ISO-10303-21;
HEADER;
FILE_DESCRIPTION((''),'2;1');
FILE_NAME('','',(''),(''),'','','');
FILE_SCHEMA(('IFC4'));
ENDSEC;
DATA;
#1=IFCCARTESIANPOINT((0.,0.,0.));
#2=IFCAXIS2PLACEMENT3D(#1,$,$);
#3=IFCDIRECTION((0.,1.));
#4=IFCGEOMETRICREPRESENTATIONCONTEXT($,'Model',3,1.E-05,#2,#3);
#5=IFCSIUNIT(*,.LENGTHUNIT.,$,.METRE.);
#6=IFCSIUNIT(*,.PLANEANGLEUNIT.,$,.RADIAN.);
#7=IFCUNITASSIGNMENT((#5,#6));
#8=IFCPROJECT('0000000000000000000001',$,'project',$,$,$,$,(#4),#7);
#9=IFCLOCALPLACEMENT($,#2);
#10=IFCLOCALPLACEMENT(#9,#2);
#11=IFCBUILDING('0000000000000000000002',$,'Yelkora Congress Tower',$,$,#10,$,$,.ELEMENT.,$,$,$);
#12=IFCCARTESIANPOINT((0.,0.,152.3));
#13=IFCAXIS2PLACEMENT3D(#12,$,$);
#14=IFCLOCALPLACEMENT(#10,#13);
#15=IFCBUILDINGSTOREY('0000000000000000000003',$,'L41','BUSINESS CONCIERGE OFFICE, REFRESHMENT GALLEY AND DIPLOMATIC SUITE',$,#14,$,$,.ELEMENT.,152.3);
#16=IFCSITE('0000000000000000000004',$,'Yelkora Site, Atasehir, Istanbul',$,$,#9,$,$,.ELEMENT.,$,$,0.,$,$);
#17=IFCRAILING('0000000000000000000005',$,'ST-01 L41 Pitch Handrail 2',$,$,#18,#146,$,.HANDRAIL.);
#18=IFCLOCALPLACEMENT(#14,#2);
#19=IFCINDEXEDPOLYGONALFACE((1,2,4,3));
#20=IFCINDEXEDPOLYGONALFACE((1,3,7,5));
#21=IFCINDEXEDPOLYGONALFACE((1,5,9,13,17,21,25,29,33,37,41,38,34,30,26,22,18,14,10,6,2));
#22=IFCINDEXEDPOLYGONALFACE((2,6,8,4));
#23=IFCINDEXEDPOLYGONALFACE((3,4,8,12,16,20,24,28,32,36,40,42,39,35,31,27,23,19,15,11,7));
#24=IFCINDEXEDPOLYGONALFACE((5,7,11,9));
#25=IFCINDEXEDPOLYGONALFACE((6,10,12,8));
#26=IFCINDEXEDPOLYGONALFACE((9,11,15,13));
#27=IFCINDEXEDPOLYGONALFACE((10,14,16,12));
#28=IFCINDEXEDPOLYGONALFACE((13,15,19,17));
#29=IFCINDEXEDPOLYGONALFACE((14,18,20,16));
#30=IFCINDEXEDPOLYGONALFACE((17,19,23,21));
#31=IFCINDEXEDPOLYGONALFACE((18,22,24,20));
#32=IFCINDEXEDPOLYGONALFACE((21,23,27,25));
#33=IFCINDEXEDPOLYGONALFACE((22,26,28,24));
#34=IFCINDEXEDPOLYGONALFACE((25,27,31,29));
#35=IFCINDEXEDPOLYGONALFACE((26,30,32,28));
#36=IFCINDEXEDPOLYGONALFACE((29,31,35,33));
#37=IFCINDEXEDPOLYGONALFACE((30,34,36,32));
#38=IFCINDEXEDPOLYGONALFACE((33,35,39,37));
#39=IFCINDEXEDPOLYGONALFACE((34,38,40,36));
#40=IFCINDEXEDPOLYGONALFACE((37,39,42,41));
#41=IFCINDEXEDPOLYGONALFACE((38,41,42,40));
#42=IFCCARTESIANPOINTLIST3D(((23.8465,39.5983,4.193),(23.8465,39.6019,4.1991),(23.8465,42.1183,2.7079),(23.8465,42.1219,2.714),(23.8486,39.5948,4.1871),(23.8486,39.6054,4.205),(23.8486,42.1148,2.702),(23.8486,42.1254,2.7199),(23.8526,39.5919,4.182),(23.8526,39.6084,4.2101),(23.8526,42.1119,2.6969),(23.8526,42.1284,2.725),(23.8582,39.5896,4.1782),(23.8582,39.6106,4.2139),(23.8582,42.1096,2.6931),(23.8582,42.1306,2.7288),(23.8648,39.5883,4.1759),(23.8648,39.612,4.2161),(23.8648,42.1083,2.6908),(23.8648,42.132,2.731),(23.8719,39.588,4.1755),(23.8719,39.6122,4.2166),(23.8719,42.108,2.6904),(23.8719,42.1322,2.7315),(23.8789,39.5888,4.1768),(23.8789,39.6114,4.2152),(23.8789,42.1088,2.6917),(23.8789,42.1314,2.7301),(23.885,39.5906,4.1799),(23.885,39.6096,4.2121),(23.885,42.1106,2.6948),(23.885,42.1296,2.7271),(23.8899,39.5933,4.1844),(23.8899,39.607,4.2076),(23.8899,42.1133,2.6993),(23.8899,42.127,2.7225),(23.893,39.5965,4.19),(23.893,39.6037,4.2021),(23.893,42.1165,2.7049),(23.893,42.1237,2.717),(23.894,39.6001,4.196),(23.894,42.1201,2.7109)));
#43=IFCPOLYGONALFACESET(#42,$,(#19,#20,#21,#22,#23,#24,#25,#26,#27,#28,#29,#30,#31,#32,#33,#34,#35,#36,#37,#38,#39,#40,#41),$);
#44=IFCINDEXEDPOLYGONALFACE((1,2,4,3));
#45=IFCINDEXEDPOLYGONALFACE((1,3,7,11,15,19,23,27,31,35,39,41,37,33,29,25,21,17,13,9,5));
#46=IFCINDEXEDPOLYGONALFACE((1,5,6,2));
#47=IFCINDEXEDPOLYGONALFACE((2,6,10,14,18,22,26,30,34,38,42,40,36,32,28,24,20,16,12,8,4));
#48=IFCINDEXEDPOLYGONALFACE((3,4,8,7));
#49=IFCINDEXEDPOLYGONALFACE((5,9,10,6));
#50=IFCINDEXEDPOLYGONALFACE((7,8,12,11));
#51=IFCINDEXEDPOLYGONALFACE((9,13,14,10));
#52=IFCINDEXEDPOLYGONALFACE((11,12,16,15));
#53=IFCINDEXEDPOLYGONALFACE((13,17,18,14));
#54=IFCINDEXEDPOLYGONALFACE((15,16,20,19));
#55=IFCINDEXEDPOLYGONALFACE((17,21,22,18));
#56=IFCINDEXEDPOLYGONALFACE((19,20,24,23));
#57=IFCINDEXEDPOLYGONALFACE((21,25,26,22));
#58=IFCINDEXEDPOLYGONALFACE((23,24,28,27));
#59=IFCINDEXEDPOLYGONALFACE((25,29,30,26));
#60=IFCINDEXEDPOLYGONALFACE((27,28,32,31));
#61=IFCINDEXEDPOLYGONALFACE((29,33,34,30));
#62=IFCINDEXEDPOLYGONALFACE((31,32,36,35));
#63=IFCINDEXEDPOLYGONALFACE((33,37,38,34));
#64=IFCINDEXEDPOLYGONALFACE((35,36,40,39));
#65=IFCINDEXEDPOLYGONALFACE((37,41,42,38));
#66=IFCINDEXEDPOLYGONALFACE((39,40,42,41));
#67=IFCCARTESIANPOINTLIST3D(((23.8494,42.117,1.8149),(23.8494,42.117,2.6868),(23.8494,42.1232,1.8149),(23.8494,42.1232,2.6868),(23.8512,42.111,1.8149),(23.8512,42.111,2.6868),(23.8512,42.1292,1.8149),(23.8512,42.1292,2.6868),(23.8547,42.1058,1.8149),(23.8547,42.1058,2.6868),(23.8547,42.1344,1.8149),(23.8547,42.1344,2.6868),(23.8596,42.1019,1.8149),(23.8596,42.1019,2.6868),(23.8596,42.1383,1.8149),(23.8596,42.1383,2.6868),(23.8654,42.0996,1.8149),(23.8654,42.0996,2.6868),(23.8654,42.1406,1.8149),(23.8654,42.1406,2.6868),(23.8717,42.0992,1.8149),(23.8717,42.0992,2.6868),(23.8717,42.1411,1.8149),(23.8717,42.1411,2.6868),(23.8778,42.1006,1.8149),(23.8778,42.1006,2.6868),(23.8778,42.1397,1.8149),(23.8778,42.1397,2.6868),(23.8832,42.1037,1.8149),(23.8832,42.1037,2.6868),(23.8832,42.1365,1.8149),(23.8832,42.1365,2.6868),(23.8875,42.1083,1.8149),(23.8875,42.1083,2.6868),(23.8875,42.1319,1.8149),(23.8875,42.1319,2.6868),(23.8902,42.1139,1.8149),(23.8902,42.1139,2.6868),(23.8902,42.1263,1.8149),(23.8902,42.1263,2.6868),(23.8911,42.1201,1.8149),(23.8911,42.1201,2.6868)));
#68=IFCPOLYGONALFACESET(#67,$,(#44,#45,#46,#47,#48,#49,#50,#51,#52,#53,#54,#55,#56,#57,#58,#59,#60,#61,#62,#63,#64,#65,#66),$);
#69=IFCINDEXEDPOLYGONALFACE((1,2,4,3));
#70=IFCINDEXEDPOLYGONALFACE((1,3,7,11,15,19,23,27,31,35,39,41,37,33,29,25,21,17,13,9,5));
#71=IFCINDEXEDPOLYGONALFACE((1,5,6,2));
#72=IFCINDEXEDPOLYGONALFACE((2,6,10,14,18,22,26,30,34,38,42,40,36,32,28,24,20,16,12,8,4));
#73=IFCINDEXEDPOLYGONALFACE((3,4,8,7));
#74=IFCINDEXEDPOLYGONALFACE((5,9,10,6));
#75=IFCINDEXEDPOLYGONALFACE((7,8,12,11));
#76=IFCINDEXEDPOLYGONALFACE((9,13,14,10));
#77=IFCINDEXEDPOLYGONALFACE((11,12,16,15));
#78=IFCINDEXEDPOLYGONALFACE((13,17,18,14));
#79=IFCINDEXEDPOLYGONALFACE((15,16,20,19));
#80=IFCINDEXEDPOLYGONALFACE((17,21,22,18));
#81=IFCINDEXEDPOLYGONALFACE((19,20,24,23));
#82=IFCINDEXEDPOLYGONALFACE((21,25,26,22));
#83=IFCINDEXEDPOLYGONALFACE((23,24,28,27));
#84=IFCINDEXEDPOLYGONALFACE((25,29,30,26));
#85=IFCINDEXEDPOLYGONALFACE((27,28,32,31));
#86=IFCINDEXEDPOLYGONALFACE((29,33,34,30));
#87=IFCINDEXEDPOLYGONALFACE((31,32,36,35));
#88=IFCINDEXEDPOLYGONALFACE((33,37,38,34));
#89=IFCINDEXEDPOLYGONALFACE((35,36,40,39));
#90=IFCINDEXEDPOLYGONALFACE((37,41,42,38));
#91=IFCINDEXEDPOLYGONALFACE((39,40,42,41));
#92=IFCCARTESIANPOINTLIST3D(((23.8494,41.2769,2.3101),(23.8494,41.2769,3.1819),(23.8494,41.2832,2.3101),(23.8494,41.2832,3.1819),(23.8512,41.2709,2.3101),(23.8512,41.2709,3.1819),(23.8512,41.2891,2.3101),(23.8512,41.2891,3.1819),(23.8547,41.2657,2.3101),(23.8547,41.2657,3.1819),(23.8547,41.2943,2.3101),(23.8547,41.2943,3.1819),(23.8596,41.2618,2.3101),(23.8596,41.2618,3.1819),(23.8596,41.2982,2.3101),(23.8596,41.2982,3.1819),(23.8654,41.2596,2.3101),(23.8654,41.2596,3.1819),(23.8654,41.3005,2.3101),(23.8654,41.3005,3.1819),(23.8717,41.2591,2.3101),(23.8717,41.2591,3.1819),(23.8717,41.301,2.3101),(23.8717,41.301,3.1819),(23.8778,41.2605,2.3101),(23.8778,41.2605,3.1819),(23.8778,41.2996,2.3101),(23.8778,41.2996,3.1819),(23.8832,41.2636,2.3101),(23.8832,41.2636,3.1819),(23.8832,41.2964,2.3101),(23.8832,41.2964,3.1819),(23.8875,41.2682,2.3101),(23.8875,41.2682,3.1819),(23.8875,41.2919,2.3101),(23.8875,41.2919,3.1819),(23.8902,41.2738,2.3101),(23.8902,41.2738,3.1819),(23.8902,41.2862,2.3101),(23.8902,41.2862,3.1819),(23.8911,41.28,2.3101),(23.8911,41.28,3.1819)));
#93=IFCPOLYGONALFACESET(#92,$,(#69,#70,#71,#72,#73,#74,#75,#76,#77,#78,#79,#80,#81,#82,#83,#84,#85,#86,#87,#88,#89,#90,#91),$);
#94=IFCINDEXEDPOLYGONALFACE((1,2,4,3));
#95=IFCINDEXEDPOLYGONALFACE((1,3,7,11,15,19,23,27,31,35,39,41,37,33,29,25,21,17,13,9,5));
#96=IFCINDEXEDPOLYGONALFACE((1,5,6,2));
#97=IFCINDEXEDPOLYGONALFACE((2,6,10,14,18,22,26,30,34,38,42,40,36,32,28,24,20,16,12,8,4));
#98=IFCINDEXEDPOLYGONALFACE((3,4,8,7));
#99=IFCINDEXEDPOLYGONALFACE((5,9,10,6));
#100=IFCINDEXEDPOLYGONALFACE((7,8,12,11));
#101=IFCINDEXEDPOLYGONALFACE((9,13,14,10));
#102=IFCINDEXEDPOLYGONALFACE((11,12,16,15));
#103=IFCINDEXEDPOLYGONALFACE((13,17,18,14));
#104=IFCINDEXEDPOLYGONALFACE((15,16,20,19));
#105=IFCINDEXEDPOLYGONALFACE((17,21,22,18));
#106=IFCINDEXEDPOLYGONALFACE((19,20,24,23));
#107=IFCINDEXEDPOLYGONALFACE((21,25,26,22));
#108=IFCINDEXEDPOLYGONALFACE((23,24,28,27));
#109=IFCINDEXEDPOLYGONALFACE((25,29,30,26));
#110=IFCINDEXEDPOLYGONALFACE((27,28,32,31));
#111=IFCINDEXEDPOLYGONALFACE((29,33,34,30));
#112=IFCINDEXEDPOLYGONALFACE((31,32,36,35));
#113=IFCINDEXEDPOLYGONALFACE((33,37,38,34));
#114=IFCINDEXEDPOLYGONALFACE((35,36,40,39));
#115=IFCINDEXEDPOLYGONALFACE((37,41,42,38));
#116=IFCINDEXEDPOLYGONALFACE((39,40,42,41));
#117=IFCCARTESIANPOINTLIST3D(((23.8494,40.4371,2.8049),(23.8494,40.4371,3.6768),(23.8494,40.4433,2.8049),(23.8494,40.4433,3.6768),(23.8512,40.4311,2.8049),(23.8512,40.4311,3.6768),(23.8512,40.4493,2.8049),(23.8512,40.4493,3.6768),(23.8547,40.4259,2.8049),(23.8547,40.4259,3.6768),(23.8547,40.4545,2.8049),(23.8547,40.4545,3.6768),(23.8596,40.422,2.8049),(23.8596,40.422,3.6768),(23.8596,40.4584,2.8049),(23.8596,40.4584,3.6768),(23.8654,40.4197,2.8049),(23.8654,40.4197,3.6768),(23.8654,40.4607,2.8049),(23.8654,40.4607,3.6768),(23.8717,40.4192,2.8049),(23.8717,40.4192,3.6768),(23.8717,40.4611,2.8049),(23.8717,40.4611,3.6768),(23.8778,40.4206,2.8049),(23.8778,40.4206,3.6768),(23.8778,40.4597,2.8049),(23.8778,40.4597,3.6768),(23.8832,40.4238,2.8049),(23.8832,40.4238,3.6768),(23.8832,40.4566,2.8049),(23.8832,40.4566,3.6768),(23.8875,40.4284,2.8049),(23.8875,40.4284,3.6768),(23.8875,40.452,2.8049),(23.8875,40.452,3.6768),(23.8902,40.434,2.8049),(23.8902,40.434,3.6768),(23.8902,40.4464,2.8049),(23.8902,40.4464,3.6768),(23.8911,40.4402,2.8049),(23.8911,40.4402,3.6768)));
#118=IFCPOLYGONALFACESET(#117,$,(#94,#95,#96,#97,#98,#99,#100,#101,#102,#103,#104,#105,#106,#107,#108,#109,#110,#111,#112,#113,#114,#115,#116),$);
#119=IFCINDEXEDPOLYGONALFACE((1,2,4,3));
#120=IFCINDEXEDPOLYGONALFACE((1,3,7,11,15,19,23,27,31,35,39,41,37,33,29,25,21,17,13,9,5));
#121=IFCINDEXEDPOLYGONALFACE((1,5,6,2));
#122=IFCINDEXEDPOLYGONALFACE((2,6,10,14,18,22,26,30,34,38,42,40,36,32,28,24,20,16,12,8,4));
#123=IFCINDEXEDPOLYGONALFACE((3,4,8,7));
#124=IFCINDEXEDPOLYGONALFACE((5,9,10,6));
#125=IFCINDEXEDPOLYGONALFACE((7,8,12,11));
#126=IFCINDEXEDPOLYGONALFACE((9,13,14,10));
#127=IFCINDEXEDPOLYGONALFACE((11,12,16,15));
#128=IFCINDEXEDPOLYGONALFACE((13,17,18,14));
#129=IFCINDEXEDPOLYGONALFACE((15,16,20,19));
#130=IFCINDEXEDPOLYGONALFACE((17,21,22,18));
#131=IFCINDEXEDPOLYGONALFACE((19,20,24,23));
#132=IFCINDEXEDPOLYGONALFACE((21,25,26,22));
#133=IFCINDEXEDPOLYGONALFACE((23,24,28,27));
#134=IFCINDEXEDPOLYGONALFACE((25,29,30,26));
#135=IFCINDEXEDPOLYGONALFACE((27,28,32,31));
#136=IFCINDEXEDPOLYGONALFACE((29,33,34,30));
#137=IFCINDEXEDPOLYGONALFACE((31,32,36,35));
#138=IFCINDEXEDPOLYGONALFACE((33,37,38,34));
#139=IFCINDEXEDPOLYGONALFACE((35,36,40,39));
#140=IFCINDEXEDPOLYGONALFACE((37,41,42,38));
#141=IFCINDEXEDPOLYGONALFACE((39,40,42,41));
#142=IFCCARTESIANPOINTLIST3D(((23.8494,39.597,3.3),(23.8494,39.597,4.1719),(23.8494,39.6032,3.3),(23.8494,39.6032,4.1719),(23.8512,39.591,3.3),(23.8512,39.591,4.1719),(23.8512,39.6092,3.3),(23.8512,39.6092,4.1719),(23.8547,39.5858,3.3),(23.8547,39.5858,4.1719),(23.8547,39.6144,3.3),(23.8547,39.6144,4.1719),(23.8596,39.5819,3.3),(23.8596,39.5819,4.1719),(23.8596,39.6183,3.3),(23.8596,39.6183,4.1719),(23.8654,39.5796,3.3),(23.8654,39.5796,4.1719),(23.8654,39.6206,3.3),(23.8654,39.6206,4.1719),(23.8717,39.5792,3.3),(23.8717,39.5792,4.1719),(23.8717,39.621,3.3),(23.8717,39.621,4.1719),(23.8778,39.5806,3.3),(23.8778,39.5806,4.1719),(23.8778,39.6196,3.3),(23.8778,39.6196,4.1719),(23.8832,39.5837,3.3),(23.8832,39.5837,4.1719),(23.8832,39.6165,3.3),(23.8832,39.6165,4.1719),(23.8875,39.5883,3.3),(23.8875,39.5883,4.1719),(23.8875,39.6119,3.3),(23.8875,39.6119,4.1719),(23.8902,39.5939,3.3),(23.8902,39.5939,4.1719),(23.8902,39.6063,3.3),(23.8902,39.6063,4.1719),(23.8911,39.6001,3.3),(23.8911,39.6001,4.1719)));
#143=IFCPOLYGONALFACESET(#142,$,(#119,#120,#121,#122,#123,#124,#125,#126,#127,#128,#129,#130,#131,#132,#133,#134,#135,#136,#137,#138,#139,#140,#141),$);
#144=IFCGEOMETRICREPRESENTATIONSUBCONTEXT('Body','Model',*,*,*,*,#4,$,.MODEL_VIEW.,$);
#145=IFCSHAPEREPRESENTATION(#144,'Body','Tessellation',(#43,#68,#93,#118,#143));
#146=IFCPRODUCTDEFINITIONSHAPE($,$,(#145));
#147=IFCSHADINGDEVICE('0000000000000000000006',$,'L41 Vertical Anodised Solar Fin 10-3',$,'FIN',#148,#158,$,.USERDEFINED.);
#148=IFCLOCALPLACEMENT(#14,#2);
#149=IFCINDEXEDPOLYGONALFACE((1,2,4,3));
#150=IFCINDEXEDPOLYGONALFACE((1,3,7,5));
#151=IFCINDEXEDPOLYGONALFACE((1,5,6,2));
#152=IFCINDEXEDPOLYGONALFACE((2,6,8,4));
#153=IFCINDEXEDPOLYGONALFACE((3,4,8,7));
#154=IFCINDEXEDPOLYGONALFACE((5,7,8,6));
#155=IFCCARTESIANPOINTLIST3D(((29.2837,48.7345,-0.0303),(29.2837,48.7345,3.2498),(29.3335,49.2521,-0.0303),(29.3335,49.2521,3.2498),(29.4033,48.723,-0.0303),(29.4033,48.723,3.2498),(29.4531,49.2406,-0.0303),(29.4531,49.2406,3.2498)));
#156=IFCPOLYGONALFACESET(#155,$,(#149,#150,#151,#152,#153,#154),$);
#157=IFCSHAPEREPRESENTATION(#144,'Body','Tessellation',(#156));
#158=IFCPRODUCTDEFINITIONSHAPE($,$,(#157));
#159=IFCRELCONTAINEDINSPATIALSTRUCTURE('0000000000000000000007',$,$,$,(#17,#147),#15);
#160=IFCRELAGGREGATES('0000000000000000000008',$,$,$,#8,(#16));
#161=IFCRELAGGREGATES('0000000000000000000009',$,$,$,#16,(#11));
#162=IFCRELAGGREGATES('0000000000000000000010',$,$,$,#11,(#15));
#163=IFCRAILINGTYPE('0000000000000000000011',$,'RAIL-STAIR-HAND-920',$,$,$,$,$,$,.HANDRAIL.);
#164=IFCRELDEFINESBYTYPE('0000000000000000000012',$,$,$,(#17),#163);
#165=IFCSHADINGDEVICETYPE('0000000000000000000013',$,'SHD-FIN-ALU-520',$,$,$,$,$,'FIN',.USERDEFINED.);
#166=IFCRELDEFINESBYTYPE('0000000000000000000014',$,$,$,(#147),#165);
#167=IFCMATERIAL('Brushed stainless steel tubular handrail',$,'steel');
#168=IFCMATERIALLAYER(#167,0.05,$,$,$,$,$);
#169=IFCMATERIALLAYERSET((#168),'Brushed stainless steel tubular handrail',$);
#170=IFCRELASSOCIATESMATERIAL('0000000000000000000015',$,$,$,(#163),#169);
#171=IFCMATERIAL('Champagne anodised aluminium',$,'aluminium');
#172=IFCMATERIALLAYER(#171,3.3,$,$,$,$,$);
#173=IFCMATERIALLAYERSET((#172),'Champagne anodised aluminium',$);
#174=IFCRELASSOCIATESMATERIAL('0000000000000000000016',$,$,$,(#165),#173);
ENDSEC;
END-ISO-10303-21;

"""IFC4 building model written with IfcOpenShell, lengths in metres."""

from ifc_helpers import new_model, si_unit, direction, frame, origin, origin_2d, place, context, subcontext, project, spatial, rectangle, circle, extrude, material, layer, layer_set, type_object, element, save


model = new_model("IFC4")

# Units and contexts
model_context = context("Model", 3, precision=1e-05, world=origin(), true_north=direction((0.0, 1.0)))
body_context = subcontext(model_context, "Body", "Model", "MODEL_VIEW")
ifc_project = project(units=[si_unit("LENGTHUNIT", "METRE"), si_unit("PLANEANGLEUNIT", "RADIAN")], contexts=[model_context])

# Site, building, storey
site_placement = place(None, origin())
site = spatial("IfcSite", under=ifc_project, at=site_placement, Name="Yelkora Site, Atasehir, Istanbul", CompositionType="ELEMENT", RefElevation=0.0)
building_placement = place(site_placement, origin())
building = spatial("IfcBuilding", under=site, at=building_placement, Name="Yelkora Congress Tower", CompositionType="ELEMENT")
storey_placement = place(building_placement, frame((0.0, 0.0, 152.3)))
storey = spatial("IfcBuildingStorey", under=building, at=storey_placement, Name="L41", Description="BUSINESS CONCIERGE OFFICE, REFRESHMENT GALLEY AND DIPLOMATIC SUITE", CompositionType="ELEMENT", Elevation=152.3)

# Railing
ifc_material_1 = material(Name="Brushed stainless steel tubular handrail", Category="steel")
ifc_layer_1 = layer(ifc_material_1, 0.05)
ifc_layer_set_1 = layer_set([ifc_layer_1], Name="Brushed stainless steel tubular handrail")
railing_type_1 = type_object("IfcRailingType", Name="RAIL-STAIR-HAND-920", PredefinedType="HANDRAIL", material=ifc_layer_set_1)
railing_1_placement = place(storey_placement, frame((23.8701, 42.1201, 1.8149)))
element("IfcRailing", 1, at=railing_1_placement, inside=storey, type_object=railing_type_1, Name="ST-01 L41 Pitch Handrail 2", PredefinedType="HANDRAIL", context=body_context, shape_type="SweptSolid", body=[
    extrude(circle(Radius=0.0239, at=origin_2d()), frame((0.0, 0.0, 0.896), z_axis=(0.0, -0.861524, 0.507717), x_axis=(1.0, 0.0, 0.0)), (0.0, 0.0, 1.0), 2.925),
    extrude(circle(Radius=0.021, at=origin_2d()), origin(), (0.0, 0.0, 1.0), 0.8718),
    extrude(circle(Radius=0.021, at=origin_2d()), frame((0.0, -0.8401, 0.4951)), (0.0, 0.0, 1.0), 0.8718),
    extrude(circle(Radius=0.021, at=origin_2d()), frame((0.0, -1.6799, 0.99)), (0.0, 0.0, 1.0), 0.8718),
    extrude(circle(Radius=0.021, at=origin_2d()), frame((0.0, -2.52, 1.4851)), (0.0, 0.0, 1.0), 0.8718),
])

# Shading device
ifc_material_2 = material(Name="Champagne anodised aluminium", Category="aluminium")
ifc_layer_2 = layer(ifc_material_2, 3.3)
ifc_layer_set_2 = layer_set([ifc_layer_2], Name="Champagne anodised aluminium")
shading_device_type = type_object("IfcShadingDeviceType", Name="SHD-FIN-ALU-520", ElementType="FIN", PredefinedType="USERDEFINED", material=ifc_layer_set_2)
shading_device_placement = place(storey_placement, frame((29.3684, 48.9875, -0.0303), z_axis=(0.0, 0.0, 1.0), x_axis=(0.995396, -0.095846, 0.0)))
element("IfcShadingDevice", 2, at=shading_device_placement, inside=storey, type_object=shading_device_type, Name="L41 Vertical Anodised Solar Fin 10-3", ObjectType="FIN", PredefinedType="USERDEFINED", context=body_context, shape_type="SweptSolid", body=[
    extrude(rectangle(XDim=0.1201, YDim=0.52, at=origin_2d()), origin(), (0.0, 0.0, 1.0), 3.28),
])

save(model, "model.ifc")
